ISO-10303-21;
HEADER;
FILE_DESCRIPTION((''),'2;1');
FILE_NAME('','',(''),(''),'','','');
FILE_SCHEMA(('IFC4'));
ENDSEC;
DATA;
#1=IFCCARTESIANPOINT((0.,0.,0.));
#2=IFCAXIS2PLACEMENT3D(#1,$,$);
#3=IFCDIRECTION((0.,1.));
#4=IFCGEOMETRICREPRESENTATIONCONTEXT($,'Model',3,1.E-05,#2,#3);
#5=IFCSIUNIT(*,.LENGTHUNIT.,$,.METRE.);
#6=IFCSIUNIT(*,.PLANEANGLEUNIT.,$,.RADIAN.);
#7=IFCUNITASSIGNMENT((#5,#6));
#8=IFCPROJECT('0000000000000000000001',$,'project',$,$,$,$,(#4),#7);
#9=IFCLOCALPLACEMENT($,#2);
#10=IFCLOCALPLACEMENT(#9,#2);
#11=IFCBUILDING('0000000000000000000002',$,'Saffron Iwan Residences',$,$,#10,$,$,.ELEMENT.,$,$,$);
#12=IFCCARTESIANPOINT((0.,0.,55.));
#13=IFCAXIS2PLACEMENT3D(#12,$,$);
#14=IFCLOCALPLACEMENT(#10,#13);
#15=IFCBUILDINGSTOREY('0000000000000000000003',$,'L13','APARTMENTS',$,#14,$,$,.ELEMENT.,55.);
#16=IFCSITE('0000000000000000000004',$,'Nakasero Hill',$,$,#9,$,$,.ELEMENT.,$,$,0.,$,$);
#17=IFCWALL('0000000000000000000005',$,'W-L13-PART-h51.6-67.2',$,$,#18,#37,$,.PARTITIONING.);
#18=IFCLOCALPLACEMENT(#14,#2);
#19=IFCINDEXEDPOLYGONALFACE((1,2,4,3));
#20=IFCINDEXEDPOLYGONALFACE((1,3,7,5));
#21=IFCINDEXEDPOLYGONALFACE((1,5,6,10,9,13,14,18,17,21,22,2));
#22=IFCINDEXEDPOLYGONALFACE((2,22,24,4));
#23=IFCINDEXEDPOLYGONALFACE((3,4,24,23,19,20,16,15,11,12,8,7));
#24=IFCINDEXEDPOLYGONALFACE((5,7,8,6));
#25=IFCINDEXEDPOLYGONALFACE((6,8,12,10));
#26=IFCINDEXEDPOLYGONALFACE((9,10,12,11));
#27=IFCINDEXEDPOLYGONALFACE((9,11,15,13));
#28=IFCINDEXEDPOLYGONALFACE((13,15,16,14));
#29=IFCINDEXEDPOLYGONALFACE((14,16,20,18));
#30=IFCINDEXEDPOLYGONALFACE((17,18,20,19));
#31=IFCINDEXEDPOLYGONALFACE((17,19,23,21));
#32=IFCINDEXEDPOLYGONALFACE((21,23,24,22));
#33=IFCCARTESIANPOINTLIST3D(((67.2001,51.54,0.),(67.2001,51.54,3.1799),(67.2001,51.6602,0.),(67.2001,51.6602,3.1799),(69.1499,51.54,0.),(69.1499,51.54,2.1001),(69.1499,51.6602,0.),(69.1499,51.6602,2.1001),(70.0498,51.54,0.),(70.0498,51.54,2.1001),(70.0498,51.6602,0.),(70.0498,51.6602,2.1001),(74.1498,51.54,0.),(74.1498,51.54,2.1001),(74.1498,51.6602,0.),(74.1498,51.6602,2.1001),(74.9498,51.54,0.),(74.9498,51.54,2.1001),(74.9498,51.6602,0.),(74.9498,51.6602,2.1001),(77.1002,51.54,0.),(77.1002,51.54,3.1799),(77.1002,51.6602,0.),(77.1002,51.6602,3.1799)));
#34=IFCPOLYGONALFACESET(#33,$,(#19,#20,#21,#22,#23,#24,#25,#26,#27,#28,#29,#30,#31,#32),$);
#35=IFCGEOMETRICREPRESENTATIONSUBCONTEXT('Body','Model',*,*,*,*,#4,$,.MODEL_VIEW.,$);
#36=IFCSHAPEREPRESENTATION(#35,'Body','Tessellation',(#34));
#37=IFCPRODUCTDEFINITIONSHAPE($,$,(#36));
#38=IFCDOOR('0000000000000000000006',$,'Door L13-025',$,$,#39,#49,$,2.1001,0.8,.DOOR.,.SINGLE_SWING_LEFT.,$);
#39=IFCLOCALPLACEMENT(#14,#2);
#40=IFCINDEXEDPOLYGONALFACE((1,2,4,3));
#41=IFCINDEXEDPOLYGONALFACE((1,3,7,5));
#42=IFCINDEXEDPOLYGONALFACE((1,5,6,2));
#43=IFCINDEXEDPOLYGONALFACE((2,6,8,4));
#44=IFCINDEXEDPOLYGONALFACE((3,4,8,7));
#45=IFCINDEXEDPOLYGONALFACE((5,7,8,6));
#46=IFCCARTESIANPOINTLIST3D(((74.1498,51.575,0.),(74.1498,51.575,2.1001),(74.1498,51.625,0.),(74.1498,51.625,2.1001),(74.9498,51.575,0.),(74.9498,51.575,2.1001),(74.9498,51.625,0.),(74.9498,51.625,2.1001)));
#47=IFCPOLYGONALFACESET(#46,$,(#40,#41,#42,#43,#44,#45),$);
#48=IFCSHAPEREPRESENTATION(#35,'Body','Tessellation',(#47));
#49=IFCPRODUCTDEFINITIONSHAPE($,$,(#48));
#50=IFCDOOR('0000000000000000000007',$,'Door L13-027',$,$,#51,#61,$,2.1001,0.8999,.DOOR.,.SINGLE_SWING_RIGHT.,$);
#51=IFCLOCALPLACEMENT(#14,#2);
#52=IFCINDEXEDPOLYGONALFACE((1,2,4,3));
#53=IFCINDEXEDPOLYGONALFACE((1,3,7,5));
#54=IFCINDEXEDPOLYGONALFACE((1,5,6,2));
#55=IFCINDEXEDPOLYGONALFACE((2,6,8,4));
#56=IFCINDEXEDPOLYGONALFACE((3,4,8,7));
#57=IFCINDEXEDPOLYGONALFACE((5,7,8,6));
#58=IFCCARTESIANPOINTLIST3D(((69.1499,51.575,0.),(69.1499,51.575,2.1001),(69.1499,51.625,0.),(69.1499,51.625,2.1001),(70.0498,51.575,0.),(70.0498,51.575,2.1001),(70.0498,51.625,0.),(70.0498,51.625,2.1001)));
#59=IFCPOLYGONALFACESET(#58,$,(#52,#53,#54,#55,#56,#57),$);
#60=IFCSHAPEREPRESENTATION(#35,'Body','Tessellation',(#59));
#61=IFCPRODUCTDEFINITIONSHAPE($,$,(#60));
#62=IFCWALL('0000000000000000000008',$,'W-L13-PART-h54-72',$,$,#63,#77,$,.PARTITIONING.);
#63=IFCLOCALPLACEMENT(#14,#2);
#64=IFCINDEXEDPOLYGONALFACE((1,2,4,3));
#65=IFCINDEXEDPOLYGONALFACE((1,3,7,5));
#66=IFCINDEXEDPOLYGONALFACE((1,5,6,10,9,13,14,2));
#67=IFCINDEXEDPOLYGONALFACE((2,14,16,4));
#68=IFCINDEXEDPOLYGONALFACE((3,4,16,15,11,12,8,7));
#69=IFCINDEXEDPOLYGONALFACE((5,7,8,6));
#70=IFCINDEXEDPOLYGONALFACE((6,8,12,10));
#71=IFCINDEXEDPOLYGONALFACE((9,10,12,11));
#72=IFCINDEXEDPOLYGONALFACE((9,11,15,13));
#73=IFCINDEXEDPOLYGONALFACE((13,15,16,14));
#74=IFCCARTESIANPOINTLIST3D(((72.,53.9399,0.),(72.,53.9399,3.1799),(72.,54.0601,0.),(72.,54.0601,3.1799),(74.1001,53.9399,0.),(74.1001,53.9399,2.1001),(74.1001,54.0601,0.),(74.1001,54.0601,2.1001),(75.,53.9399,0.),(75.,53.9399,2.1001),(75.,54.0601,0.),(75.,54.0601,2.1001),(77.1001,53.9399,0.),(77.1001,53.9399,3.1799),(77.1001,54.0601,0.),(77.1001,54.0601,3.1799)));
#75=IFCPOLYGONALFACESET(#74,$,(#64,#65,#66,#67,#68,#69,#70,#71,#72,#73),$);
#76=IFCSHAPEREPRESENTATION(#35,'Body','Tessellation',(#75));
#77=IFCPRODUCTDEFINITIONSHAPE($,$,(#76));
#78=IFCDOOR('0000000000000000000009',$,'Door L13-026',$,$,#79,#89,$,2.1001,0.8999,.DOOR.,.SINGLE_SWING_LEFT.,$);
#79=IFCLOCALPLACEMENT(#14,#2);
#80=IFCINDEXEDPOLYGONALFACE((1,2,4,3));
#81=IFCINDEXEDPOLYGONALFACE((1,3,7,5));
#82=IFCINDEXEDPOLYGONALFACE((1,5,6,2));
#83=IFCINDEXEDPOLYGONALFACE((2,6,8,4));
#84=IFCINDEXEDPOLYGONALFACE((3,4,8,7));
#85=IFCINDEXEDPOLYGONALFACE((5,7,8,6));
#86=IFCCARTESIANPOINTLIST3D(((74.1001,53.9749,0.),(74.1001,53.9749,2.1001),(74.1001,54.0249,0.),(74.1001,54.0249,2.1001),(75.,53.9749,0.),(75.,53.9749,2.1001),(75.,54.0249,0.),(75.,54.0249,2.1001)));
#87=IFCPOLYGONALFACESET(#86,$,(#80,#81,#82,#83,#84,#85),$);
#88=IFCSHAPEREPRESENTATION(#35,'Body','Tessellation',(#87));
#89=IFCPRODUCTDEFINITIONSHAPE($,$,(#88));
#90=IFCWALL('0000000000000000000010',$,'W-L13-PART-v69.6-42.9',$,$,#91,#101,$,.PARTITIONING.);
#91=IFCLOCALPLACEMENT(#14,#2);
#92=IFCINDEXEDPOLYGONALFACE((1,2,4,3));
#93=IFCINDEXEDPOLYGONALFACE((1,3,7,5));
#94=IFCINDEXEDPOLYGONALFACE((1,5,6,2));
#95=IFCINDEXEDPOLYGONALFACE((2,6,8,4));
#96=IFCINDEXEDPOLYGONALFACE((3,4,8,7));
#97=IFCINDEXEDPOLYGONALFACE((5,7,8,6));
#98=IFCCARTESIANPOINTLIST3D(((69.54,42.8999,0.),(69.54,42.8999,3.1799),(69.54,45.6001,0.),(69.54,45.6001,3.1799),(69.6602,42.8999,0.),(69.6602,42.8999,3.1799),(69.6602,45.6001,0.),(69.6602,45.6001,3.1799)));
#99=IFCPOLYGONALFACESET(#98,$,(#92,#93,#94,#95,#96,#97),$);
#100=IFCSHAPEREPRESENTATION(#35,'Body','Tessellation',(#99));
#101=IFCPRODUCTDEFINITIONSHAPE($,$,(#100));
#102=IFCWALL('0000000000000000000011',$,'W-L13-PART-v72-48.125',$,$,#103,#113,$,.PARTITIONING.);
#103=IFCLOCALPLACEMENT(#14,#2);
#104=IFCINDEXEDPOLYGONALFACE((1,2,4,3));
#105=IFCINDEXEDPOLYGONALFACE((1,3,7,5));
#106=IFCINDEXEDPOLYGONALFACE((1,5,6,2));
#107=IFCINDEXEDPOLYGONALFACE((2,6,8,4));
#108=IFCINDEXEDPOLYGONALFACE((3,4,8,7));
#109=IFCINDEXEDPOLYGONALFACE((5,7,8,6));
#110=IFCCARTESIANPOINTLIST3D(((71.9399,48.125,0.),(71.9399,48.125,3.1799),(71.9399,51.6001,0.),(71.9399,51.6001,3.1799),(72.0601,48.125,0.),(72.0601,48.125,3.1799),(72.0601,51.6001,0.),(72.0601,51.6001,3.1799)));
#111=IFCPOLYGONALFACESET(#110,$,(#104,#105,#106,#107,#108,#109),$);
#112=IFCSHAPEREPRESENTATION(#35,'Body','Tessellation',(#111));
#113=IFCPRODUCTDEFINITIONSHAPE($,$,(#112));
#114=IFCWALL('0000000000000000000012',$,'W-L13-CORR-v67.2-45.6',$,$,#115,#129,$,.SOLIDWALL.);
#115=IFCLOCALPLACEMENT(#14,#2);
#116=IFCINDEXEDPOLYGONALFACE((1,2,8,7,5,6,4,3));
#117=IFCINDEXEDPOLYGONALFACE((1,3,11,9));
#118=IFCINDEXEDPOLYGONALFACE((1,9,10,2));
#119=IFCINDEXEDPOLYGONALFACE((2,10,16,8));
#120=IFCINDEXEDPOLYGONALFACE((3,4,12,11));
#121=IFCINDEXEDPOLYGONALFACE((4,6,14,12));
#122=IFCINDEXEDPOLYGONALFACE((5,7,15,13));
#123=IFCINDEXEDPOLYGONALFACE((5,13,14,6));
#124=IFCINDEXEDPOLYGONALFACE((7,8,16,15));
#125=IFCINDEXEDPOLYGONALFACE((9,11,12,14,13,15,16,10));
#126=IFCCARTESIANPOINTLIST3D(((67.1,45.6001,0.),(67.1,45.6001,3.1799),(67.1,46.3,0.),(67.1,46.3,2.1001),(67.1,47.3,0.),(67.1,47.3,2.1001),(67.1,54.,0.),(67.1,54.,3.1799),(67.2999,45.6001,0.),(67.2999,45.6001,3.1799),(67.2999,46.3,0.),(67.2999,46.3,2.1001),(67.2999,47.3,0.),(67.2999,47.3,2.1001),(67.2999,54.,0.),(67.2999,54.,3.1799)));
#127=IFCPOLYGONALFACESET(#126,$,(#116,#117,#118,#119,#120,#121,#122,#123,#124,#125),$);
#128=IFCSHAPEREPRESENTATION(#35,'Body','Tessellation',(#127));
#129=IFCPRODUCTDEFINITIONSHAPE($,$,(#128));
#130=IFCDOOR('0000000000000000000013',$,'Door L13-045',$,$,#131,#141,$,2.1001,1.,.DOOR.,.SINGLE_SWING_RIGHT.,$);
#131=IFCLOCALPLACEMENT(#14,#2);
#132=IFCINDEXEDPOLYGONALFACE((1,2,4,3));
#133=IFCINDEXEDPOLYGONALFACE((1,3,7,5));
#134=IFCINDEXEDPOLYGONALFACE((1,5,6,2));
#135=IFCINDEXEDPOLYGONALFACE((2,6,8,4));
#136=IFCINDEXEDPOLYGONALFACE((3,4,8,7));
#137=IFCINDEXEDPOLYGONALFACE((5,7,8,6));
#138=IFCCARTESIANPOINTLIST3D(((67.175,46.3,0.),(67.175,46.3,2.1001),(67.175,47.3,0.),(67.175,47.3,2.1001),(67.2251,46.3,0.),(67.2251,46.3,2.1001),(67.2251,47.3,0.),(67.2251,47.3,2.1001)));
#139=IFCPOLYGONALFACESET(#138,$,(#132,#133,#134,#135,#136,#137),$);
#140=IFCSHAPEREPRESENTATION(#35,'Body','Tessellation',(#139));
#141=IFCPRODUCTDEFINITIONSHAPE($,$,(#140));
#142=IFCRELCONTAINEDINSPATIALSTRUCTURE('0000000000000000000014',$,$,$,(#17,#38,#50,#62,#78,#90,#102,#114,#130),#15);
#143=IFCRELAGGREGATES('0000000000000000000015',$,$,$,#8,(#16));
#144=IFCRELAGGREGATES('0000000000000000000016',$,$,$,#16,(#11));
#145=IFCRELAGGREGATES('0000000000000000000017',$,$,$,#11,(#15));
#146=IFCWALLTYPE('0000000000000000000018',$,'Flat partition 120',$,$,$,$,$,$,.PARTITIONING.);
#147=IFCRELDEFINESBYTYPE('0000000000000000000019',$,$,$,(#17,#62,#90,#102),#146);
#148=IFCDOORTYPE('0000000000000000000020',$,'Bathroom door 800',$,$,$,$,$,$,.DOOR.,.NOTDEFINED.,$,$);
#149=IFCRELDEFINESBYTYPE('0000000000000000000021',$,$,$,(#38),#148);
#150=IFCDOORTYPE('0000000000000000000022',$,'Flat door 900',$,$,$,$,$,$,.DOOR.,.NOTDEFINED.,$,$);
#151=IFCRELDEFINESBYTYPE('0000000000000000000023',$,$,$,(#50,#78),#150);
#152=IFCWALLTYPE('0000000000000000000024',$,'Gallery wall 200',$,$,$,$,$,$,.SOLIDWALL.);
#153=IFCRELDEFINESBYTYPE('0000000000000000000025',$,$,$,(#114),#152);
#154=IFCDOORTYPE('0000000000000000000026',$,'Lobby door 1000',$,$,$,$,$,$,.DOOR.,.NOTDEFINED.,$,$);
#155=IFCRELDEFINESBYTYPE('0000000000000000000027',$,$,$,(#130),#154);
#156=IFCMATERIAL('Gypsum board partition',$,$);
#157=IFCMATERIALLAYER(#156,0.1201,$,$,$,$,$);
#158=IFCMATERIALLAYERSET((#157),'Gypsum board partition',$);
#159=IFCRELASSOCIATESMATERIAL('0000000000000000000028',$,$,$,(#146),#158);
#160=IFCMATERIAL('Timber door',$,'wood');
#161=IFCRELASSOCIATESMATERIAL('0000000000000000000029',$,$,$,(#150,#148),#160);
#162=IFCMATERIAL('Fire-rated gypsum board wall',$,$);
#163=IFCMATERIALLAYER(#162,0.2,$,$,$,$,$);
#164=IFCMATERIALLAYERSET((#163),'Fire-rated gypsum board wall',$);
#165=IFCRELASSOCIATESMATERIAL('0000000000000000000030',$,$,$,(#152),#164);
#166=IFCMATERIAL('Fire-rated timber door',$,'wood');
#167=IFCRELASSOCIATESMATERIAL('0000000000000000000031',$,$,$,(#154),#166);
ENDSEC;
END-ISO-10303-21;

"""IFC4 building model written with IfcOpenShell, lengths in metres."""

from ifc_helpers import new_model, si_unit, direction, frame, frame_2d, origin, place, context, subcontext, project, spatial, rectangle, extrude, material, layer, layer_set, type_object, element, fill, save


model = new_model("IFC4")

# Units and contexts
model_context = context("Model", 3, precision=1e-05, world=origin(), true_north=direction((0.0, 1.0)))
body_context = subcontext(model_context, "Body", "Model", "MODEL_VIEW")
ifc_project = project(units=[si_unit("LENGTHUNIT", "METRE"), si_unit("PLANEANGLEUNIT", "RADIAN")], contexts=[model_context])

# Site, building, storey
site_placement = place(None, origin())
site = spatial("IfcSite", under=ifc_project, at=site_placement, Name="Nakasero Hill", CompositionType="ELEMENT", RefElevation=0.0)
building_placement = place(site_placement, origin())
building = spatial("IfcBuilding", under=site, at=building_placement, Name="Saffron Iwan Residences", CompositionType="ELEMENT")
storey_placement = place(building_placement, frame((0.0, 0.0, 55.0)))
storey = spatial("IfcBuildingStorey", under=building, at=storey_placement, Name="L13", Description="APARTMENTS", CompositionType="ELEMENT", Elevation=55.0)

# Shared definitions
ifc_material_1 = material(Name="Fire-rated gypsum board wall")

# Shared definitions
ifc_material_2 = material(Name="Gypsum board partition")
ifc_layer_1 = layer(ifc_material_2, 0.1201)
ifc_layer_set_1 = layer_set([ifc_layer_1], Name="Gypsum board partition")
wall_type_1 = type_object("IfcWallType", Name="Flat partition 120", PredefinedType="PARTITIONING", material=ifc_layer_set_1)
ifc_material_3 = material(Name="Timber door", Category="wood")
door_type_1 = type_object("IfcDoorType", Name="Flat door 900", OperationType="NOTDEFINED", PredefinedType="DOOR", material=ifc_material_3)

# Wall, openings, doors
wall_1_placement = place(storey_placement, frame((67.2, 51.6001, 0.0), z_axis=(0.0, 0.0, 1.0), x_axis=(1.0, 0.0, 0.0)))
wall_1 = element("IfcWall", 1, at=wall_1_placement, inside=storey, type_object=wall_type_1, Name="W-L13-PART-h51.6-67.2", PredefinedType="PARTITIONING", context=body_context, shape_type="SweptSolid", body=[
    extrude(rectangle(XDim=9.9001, YDim=0.1201, at=frame_2d((4.9502, 0.0))), origin(), (0.0, 0.0, 1.0), 3.1799),
])
opening_1_placement = place(wall_1_placement, frame((6.95, 0.0, 0.0)))
opening_1 = element("IfcOpeningElement", 2, at=opening_1_placement, cuts=wall_1, PredefinedType="OPENING", context=body_context, shape_type="SweptSolid", body=[
    extrude(rectangle(XDim=0.8, YDim=2.1001, at=frame_2d((0.3999, 1.05))), frame((0.0, 0.0701, 0.0), z_axis=(0.0, -1.0, 0.0), x_axis=(1.0, 0.0, 0.0)), (0.0, 0.0, 1.0), 0.1401),
])
opening_2_placement = place(wall_1_placement, frame((1.95, 0.0, 0.0)))
opening_2 = element("IfcOpeningElement", 3, at=opening_2_placement, cuts=wall_1, PredefinedType="OPENING", context=body_context, shape_type="SweptSolid", body=[
    extrude(rectangle(XDim=0.8999, YDim=2.1001, at=frame_2d((0.45, 1.05))), frame((0.0, 0.0701, 0.0), z_axis=(0.0, -1.0, 0.0), x_axis=(1.0, 0.0, 0.0)), (0.0, 0.0, 1.0), 0.1401),
])
door_type_2 = type_object("IfcDoorType", Name="Bathroom door 800", OperationType="NOTDEFINED", PredefinedType="DOOR", material=ifc_material_3)
door_1_placement = place(opening_1_placement, origin())
door_1 = element("IfcDoor", 4, at=door_1_placement, inside=storey, type_object=door_type_2, Name="Door L13-025", OperationType="SINGLE_SWING_LEFT", OverallHeight=2.1001, OverallWidth=0.8, PredefinedType="DOOR", context=body_context, shape_type="SweptSolid", body=[
    extrude(rectangle(XDim=0.8, YDim=2.1001, at=frame_2d((0.3999, 1.05))), frame((0.0, 0.0249, 0.0), z_axis=(0.0, -1.0, 0.0), x_axis=(1.0, 0.0, 0.0)), (0.0, 0.0, 1.0), 0.05),
])
fill(opening_1, door_1)
door_2_placement = place(opening_2_placement, origin())
door_2 = element("IfcDoor", 5, at=door_2_placement, inside=storey, type_object=door_type_1, Name="Door L13-027", OperationType="SINGLE_SWING_RIGHT", OverallHeight=2.1001, OverallWidth=0.8999, PredefinedType="DOOR", context=body_context, shape_type="SweptSolid", body=[
    extrude(rectangle(XDim=0.8999, YDim=2.1001, at=frame_2d((0.45, 1.05))), frame((0.0, 0.0249, 0.0), z_axis=(0.0, -1.0, 0.0), x_axis=(1.0, 0.0, 0.0)), (0.0, 0.0, 1.0), 0.05),
])
fill(opening_2, door_2)

# Wall, opening, door
wall_2_placement = place(storey_placement, frame((72.0, 54.0, 0.0), z_axis=(0.0, 0.0, 1.0), x_axis=(1.0, 0.0, 0.0)))
wall_2 = element("IfcWall", 6, at=wall_2_placement, inside=storey, type_object=wall_type_1, Name="W-L13-PART-h54-72", PredefinedType="PARTITIONING", context=body_context, shape_type="SweptSolid", body=[
    extrude(rectangle(XDim=5.1001, YDim=0.1201, at=frame_2d((2.55, 0.0))), origin(), (0.0, 0.0, 1.0), 3.1799),
])
opening_3_placement = place(wall_2_placement, frame((2.1001, 0.0, 0.0)))
opening_3 = element("IfcOpeningElement", 7, at=opening_3_placement, cuts=wall_2, PredefinedType="OPENING", context=body_context, shape_type="SweptSolid", body=[
    extrude(rectangle(XDim=0.8999, YDim=2.1001, at=frame_2d((0.45, 1.05))), frame((0.0, 0.0701, 0.0), z_axis=(0.0, -1.0, 0.0), x_axis=(1.0, 0.0, 0.0)), (0.0, 0.0, 1.0), 0.1401),
])
door_3_placement = place(opening_3_placement, origin())
door_3 = element("IfcDoor", 8, at=door_3_placement, inside=storey, type_object=door_type_1, Name="Door L13-026", OperationType="SINGLE_SWING_LEFT", OverallHeight=2.1001, OverallWidth=0.8999, PredefinedType="DOOR", context=body_context, shape_type="SweptSolid", body=[
    extrude(rectangle(XDim=0.8999, YDim=2.1001, at=frame_2d((0.45, 1.05))), frame((0.0, 0.0249, 0.0), z_axis=(0.0, -1.0, 0.0), x_axis=(1.0, 0.0, 0.0)), (0.0, 0.0, 1.0), 0.05),
])
fill(opening_3, door_3)

# Walls
wall_3_placement = place(storey_placement, frame((69.6001, 42.8999, 0.0), z_axis=(0.0, 0.0, 1.0), x_axis=(0.0, 1.0, 0.0)))
element("IfcWall", 9, at=wall_3_placement, inside=storey, type_object=wall_type_1, Name="W-L13-PART-v69.6-42.9", PredefinedType="PARTITIONING", context=body_context, shape_type="SweptSolid", body=[
    extrude(rectangle(XDim=2.7002, YDim=0.1201, at=frame_2d((1.3501, 0.0))), origin(), (0.0, 0.0, 1.0), 3.1799),
])
wall_4_placement = place(storey_placement, frame((72.0, 48.125, 0.0), z_axis=(0.0, 0.0, 1.0), x_axis=(0.0, 1.0, 0.0)))
element("IfcWall", 10, at=wall_4_placement, inside=storey, type_object=wall_type_1, Name="W-L13-PART-v72-48.125", PredefinedType="PARTITIONING", context=body_context, shape_type="SweptSolid", body=[
    extrude(rectangle(XDim=3.4751, YDim=0.1201, at=frame_2d((1.7375, 0.0))), origin(), (0.0, 0.0, 1.0), 3.1799),
])

# Wall, opening, door
ifc_layer_2 = layer(ifc_material_1, 0.2)
ifc_layer_set_2 = layer_set([ifc_layer_2], Name="Fire-rated gypsum board wall")
wall_type_2 = type_object("IfcWallType", Name="Gallery wall 200", PredefinedType="SOLIDWALL", material=ifc_layer_set_2)
wall_5_placement = place(storey_placement, frame((67.2, 45.6001, 0.0), z_axis=(0.0, 0.0, 1.0), x_axis=(0.0, 1.0, 0.0)))
wall_5 = element("IfcWall", 11, at=wall_5_placement, inside=storey, type_object=wall_type_2, Name="W-L13-CORR-v67.2-45.6", PredefinedType="SOLIDWALL", context=body_context, shape_type="SweptSolid", body=[
    extrude(rectangle(XDim=8.3999, YDim=0.2, at=frame_2d((4.2, 0.0))), origin(), (0.0, 0.0, 1.0), 3.1799),
])
opening_4_placement = place(wall_5_placement, frame((0.7, 0.0, 0.0)))
opening_4 = element("IfcOpeningElement", 12, at=opening_4_placement, cuts=wall_5, PredefinedType="OPENING", context=body_context, shape_type="SweptSolid", body=[
    extrude(rectangle(XDim=1.0, YDim=2.1001, at=frame_2d((0.5, 1.05))), frame((0.0, 0.1099, 0.0), z_axis=(0.0, -1.0, 0.0), x_axis=(1.0, 0.0, 0.0)), (0.0, 0.0, 1.0), 0.22),
])
ifc_material_4 = material(Name="Fire-rated timber door", Category="wood")
door_type_3 = type_object("IfcDoorType", Name="Lobby door 1000", OperationType="NOTDEFINED", PredefinedType="DOOR", material=ifc_material_4)
door_4_placement = place(opening_4_placement, origin())
door_4 = element("IfcDoor", 13, at=door_4_placement, inside=storey, type_object=door_type_3, Name="Door L13-045", OperationType="SINGLE_SWING_RIGHT", OverallHeight=2.1001, OverallWidth=1.0, PredefinedType="DOOR", context=body_context, shape_type="SweptSolid", body=[
    extrude(rectangle(XDim=1.0, YDim=2.1001, at=frame_2d((0.5, 1.05))), frame((0.0, 0.0249, 0.0), z_axis=(0.0, -1.0, 0.0), x_axis=(1.0, 0.0, 0.0)), (0.0, 0.0, 1.0), 0.05),
])
fill(opening_4, door_4)

save(model, "model.ifc")
